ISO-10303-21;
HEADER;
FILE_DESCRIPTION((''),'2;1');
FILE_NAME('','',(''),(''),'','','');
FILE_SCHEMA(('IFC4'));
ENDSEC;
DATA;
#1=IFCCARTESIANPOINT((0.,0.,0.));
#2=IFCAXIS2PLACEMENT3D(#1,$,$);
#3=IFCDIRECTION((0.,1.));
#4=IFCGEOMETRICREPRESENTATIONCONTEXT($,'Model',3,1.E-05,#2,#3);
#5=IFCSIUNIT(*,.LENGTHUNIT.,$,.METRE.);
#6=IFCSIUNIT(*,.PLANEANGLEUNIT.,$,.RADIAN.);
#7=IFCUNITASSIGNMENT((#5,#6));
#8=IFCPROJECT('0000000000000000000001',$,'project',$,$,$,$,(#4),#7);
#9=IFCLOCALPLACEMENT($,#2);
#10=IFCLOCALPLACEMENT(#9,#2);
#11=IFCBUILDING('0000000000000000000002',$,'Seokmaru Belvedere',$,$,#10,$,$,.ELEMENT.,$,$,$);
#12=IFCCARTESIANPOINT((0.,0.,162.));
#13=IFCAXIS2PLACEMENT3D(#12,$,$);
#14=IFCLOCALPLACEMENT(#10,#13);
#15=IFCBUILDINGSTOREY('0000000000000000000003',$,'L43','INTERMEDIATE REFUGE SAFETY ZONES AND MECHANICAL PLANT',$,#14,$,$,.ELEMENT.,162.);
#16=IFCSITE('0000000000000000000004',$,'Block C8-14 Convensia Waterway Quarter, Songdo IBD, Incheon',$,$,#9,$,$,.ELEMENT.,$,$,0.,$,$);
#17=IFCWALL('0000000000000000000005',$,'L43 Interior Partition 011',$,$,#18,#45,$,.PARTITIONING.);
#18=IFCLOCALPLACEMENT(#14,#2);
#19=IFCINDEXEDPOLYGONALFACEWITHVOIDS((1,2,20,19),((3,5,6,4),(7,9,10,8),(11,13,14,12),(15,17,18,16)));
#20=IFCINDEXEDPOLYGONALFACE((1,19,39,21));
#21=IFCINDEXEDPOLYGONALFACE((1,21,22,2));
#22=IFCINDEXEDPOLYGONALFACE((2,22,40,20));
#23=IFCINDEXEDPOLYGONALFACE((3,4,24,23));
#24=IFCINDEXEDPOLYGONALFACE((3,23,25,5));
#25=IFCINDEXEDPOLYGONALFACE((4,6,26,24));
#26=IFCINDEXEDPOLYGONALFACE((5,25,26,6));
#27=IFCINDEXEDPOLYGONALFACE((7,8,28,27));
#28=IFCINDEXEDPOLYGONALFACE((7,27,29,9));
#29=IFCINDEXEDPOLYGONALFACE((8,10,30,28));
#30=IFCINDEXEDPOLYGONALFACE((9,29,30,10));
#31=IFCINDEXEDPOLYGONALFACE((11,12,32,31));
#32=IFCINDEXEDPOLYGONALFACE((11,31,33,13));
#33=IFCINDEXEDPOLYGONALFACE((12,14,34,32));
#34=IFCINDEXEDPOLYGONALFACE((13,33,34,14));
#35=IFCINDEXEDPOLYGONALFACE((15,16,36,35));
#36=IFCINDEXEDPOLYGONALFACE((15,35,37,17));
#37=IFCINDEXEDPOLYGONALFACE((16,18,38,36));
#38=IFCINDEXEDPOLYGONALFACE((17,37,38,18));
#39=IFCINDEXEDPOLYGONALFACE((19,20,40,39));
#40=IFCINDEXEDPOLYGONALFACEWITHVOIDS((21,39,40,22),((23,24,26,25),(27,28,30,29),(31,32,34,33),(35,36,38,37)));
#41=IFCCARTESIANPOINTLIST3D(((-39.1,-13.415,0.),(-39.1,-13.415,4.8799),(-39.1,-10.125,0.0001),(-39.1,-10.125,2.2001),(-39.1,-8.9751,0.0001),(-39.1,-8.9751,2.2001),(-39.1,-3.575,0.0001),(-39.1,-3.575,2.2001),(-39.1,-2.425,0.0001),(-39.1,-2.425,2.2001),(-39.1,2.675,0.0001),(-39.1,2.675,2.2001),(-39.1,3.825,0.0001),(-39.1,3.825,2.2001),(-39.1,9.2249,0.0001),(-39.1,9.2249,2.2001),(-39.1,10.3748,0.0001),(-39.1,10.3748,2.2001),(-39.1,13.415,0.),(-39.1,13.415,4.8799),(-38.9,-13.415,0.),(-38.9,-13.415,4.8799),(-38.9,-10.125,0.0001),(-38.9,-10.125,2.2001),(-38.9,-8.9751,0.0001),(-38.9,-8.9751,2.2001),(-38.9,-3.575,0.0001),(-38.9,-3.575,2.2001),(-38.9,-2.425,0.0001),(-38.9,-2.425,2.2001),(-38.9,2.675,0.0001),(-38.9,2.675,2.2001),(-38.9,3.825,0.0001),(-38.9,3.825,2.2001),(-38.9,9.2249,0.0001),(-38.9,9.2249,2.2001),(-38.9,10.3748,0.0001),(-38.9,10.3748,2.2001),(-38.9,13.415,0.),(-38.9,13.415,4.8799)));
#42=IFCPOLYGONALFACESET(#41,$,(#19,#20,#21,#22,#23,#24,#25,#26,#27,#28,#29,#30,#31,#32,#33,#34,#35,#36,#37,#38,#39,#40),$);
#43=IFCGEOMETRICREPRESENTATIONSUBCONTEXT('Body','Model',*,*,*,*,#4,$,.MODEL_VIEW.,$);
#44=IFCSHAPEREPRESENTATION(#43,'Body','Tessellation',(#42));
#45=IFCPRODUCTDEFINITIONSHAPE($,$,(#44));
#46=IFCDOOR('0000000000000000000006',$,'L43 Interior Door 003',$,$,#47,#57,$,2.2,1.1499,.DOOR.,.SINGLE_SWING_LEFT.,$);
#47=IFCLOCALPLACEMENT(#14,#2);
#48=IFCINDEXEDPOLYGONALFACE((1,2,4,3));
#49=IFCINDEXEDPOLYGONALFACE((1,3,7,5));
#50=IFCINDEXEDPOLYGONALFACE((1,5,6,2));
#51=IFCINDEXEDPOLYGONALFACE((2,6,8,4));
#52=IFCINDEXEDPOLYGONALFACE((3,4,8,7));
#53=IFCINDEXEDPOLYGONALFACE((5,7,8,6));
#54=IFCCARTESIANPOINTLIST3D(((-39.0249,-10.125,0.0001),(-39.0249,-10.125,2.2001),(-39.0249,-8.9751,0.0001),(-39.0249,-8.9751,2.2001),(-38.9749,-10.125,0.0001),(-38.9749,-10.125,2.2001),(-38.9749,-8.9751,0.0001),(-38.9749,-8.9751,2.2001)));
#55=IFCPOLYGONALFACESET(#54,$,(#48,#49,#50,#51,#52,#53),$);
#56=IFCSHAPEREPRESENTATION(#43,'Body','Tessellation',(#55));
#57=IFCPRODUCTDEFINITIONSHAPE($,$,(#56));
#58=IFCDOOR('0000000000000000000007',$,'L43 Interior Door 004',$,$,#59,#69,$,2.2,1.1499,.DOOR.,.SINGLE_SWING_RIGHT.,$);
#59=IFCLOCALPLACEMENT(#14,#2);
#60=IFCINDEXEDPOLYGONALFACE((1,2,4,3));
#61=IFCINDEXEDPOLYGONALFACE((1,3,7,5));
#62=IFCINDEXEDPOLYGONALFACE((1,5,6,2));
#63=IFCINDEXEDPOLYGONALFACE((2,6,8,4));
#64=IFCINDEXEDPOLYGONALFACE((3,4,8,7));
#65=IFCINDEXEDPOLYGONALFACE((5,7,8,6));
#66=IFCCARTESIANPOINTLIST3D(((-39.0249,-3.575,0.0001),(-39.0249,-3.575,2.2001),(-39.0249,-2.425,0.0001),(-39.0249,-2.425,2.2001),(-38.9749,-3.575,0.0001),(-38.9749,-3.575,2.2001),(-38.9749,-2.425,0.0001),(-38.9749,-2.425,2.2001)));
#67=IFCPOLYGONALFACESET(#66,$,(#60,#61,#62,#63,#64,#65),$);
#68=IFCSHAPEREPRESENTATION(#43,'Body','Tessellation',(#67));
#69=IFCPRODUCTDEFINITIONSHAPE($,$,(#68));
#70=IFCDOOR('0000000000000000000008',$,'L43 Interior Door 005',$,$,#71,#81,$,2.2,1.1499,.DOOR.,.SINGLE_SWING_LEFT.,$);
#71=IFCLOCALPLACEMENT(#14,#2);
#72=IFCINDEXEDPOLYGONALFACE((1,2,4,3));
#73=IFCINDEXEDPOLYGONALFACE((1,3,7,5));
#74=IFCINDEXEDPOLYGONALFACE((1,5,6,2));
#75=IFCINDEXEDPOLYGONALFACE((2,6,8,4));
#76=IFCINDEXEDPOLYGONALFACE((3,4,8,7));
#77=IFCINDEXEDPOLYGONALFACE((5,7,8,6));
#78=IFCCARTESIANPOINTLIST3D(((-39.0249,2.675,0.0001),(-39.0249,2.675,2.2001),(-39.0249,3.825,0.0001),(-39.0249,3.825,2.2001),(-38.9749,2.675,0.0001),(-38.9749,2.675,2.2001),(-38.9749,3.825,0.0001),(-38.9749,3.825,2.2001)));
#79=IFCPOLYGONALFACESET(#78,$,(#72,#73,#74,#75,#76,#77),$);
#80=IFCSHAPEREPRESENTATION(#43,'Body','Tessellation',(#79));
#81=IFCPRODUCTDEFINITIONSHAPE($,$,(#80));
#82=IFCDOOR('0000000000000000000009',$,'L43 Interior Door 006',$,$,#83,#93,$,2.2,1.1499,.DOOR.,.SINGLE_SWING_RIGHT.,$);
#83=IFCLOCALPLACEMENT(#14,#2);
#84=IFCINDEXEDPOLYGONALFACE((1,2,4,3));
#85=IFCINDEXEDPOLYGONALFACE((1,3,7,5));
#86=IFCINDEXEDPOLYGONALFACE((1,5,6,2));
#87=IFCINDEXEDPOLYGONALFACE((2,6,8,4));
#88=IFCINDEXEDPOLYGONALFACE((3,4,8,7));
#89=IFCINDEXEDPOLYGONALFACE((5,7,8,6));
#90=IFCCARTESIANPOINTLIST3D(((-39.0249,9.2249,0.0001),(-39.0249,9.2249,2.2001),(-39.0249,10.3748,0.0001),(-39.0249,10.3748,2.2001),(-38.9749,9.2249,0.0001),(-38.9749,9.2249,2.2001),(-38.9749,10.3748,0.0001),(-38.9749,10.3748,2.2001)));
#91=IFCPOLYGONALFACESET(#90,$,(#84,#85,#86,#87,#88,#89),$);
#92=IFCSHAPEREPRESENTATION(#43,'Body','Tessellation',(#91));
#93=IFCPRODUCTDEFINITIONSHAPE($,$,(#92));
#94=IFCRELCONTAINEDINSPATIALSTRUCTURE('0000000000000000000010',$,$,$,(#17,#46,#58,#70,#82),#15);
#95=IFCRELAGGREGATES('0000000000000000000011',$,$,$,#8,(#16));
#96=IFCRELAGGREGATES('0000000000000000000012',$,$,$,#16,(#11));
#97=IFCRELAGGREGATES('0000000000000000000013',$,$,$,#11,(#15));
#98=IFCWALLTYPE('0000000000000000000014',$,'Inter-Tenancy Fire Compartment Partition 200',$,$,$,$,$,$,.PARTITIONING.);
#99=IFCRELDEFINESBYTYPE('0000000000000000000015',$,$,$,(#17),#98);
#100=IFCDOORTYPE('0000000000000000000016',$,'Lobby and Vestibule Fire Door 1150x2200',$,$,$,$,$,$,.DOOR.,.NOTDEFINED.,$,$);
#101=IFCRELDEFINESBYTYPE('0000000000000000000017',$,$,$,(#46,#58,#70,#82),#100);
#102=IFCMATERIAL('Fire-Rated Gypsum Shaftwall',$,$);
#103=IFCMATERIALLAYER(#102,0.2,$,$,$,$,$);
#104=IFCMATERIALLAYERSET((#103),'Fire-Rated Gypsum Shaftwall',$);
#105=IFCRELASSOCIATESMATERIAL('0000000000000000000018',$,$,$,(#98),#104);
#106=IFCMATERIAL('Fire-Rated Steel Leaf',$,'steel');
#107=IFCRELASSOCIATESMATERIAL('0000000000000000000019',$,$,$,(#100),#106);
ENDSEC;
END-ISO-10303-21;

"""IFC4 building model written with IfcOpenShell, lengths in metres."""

from ifc_helpers import new_model, si_unit, direction, frame, frame_2d, origin, place, context, subcontext, project, spatial, rectangle, extrude, source, transform, mapped, material, layer, layer_set, type_object, type_shapes, element, fill, save


model = new_model("IFC4")

# Units and contexts
model_context = context("Model", 3, precision=1e-05, world=origin(), true_north=direction((0.0, 1.0)))
body_context = subcontext(model_context, "Body", "Model", "MODEL_VIEW")
ifc_project = project(units=[si_unit("LENGTHUNIT", "METRE"), si_unit("PLANEANGLEUNIT", "RADIAN")], contexts=[model_context])

# Site, building, storey
site_placement = place(None, origin())
site = spatial("IfcSite", under=ifc_project, at=site_placement, Name="Block C8-14 Convensia Waterway Quarter, Songdo IBD, Incheon", CompositionType="ELEMENT", RefElevation=0.0)
building_placement = place(site_placement, origin())
building = spatial("IfcBuilding", under=site, at=building_placement, Name="Seokmaru Belvedere", CompositionType="ELEMENT")
storey_placement = place(building_placement, frame((0.0, 0.0, 162.0)))
storey = spatial("IfcBuildingStorey", under=building, at=storey_placement, Name="L43", Description="INTERMEDIATE REFUGE SAFETY ZONES AND MECHANICAL PLANT", CompositionType="ELEMENT", Elevation=162.0)

# Shared definitions
ifc_material_1 = material(Name="Fire-Rated Gypsum Shaftwall")
ifc_layer = layer(ifc_material_1, 0.2)
ifc_layer_set = layer_set([ifc_layer], Name="Fire-Rated Gypsum Shaftwall")
wall_type = type_object("IfcWallType", Name="Inter-Tenancy Fire Compartment Partition 200", PredefinedType="PARTITIONING", material=ifc_layer_set)

# Shared definitions
ifc_material_2 = material(Name="Fire-Rated Steel Leaf", Category="steel")
door_type = type_object("IfcDoorType", Name="Lobby and Vestibule Fire Door 1150x2200", OperationType="NOTDEFINED", PredefinedType="DOOR", material=ifc_material_2)
shared_shape_1 = source(origin(), body_context, "Body", "SweptSolid", [
    extrude(rectangle(XDim=1.1499, YDim=2.2, at=frame_2d((0.575, 1.1001))), frame((0.0, 0.0249, 0.0), z_axis=(0.0, -1.0, 0.0), x_axis=(1.0, 0.0, 0.0)), (0.0, 0.0, 1.0), 0.05),
])
type_shapes(door_type, [shared_shape_1])

# Wall, openings, doors
wall_1_placement = place(storey_placement, frame((-39.0, -13.415, 0.0), z_axis=(0.0, 0.0, 1.0), x_axis=(0.0, 1.0, 0.0)))
wall_1 = element("IfcWall", 1, at=wall_1_placement, inside=storey, type_object=wall_type, Name="L43 Interior Partition 011", PredefinedType="PARTITIONING", context=body_context, shape_type="SweptSolid", body=[
    extrude(rectangle(XDim=26.8301, YDim=0.2, at=frame_2d((13.415, 0.0))), origin(), (0.0, 0.0, 1.0), 4.8799),
])
opening_1_placement = place(wall_1_placement, frame((3.29, 0.0, 0.0)))
opening_1 = element("IfcOpeningElement", 2, at=opening_1_placement, cuts=wall_1, PredefinedType="OPENING", context=body_context, shape_type="SweptSolid", body=[
    extrude(rectangle(XDim=1.1499, YDim=2.2, at=frame_2d((0.575, 1.1001))), frame((0.0, 0.1099, 0.0), z_axis=(0.0, -1.0, 0.0), x_axis=(1.0, 0.0, 0.0)), (0.0, 0.0, 1.0), 0.22),
])
opening_2_placement = place(wall_1_placement, frame((9.8401, 0.0, 0.0)))
opening_2 = element("IfcOpeningElement", 3, at=opening_2_placement, cuts=wall_1, PredefinedType="OPENING", context=body_context, shape_type="SweptSolid", body=[
    extrude(rectangle(XDim=1.1499, YDim=2.2, at=frame_2d((0.575, 1.1001))), frame((0.0, 0.1099, 0.0), z_axis=(0.0, -1.0, 0.0), x_axis=(1.0, 0.0, 0.0)), (0.0, 0.0, 1.0), 0.22),
])
opening_3_placement = place(wall_1_placement, frame((16.0901, 0.0, 0.0)))
opening_3 = element("IfcOpeningElement", 4, at=opening_3_placement, cuts=wall_1, PredefinedType="OPENING", context=body_context, shape_type="SweptSolid", body=[
    extrude(rectangle(XDim=1.1499, YDim=2.2, at=frame_2d((0.575, 1.1001))), frame((0.0, 0.1099, 0.0), z_axis=(0.0, -1.0, 0.0), x_axis=(1.0, 0.0, 0.0)), (0.0, 0.0, 1.0), 0.22),
])
opening_4_placement = place(wall_1_placement, frame((22.6399, 0.0, 0.0)))
opening_4 = element("IfcOpeningElement", 5, at=opening_4_placement, cuts=wall_1, PredefinedType="OPENING", context=body_context, shape_type="SweptSolid", body=[
    extrude(rectangle(XDim=1.1499, YDim=2.2, at=frame_2d((0.575, 1.1001))), frame((0.0, 0.1099, 0.0), z_axis=(0.0, -1.0, 0.0), x_axis=(1.0, 0.0, 0.0)), (0.0, 0.0, 1.0), 0.22),
])
door_1_placement = place(opening_1_placement, origin())
door_1 = element("IfcDoor", 6, at=door_1_placement, inside=storey, type_object=door_type, Name="L43 Interior Door 003", OperationType="SINGLE_SWING_LEFT", OverallHeight=2.2, OverallWidth=1.1499, PredefinedType="DOOR", context=body_context, shape_type="MappedRepresentation", body=[
    mapped(shared_shape_1, transform((0.0, 0.0, 0.0), scale=1.0)),
])
fill(opening_1, door_1)
door_2_placement = place(opening_2_placement, origin())
door_2 = element("IfcDoor", 7, at=door_2_placement, inside=storey, type_object=door_type, Name="L43 Interior Door 004", OperationType="SINGLE_SWING_RIGHT", OverallHeight=2.2, OverallWidth=1.1499, PredefinedType="DOOR", context=body_context, shape_type="MappedRepresentation", body=[
    mapped(shared_shape_1, transform((0.0, 0.0, 0.0), scale=1.0)),
])
fill(opening_2, door_2)
door_3_placement = place(opening_3_placement, origin())
door_3 = element("IfcDoor", 8, at=door_3_placement, inside=storey, type_object=door_type, Name="L43 Interior Door 005", OperationType="SINGLE_SWING_LEFT", OverallHeight=2.2, OverallWidth=1.1499, PredefinedType="DOOR", context=body_context, shape_type="MappedRepresentation", body=[
    mapped(shared_shape_1, transform((0.0, 0.0, 0.0), scale=1.0)),
])
fill(opening_3, door_3)
door_4_placement = place(opening_4_placement, origin())
door_4 = element("IfcDoor", 9, at=door_4_placement, inside=storey, type_object=door_type, Name="L43 Interior Door 006", OperationType="SINGLE_SWING_RIGHT", OverallHeight=2.2, OverallWidth=1.1499, PredefinedType="DOOR", context=body_context, shape_type="MappedRepresentation", body=[
    mapped(shared_shape_1, transform((0.0, 0.0, 0.0), scale=1.0)),
])
fill(opening_4, door_4)

save(model, "model.ifc")
